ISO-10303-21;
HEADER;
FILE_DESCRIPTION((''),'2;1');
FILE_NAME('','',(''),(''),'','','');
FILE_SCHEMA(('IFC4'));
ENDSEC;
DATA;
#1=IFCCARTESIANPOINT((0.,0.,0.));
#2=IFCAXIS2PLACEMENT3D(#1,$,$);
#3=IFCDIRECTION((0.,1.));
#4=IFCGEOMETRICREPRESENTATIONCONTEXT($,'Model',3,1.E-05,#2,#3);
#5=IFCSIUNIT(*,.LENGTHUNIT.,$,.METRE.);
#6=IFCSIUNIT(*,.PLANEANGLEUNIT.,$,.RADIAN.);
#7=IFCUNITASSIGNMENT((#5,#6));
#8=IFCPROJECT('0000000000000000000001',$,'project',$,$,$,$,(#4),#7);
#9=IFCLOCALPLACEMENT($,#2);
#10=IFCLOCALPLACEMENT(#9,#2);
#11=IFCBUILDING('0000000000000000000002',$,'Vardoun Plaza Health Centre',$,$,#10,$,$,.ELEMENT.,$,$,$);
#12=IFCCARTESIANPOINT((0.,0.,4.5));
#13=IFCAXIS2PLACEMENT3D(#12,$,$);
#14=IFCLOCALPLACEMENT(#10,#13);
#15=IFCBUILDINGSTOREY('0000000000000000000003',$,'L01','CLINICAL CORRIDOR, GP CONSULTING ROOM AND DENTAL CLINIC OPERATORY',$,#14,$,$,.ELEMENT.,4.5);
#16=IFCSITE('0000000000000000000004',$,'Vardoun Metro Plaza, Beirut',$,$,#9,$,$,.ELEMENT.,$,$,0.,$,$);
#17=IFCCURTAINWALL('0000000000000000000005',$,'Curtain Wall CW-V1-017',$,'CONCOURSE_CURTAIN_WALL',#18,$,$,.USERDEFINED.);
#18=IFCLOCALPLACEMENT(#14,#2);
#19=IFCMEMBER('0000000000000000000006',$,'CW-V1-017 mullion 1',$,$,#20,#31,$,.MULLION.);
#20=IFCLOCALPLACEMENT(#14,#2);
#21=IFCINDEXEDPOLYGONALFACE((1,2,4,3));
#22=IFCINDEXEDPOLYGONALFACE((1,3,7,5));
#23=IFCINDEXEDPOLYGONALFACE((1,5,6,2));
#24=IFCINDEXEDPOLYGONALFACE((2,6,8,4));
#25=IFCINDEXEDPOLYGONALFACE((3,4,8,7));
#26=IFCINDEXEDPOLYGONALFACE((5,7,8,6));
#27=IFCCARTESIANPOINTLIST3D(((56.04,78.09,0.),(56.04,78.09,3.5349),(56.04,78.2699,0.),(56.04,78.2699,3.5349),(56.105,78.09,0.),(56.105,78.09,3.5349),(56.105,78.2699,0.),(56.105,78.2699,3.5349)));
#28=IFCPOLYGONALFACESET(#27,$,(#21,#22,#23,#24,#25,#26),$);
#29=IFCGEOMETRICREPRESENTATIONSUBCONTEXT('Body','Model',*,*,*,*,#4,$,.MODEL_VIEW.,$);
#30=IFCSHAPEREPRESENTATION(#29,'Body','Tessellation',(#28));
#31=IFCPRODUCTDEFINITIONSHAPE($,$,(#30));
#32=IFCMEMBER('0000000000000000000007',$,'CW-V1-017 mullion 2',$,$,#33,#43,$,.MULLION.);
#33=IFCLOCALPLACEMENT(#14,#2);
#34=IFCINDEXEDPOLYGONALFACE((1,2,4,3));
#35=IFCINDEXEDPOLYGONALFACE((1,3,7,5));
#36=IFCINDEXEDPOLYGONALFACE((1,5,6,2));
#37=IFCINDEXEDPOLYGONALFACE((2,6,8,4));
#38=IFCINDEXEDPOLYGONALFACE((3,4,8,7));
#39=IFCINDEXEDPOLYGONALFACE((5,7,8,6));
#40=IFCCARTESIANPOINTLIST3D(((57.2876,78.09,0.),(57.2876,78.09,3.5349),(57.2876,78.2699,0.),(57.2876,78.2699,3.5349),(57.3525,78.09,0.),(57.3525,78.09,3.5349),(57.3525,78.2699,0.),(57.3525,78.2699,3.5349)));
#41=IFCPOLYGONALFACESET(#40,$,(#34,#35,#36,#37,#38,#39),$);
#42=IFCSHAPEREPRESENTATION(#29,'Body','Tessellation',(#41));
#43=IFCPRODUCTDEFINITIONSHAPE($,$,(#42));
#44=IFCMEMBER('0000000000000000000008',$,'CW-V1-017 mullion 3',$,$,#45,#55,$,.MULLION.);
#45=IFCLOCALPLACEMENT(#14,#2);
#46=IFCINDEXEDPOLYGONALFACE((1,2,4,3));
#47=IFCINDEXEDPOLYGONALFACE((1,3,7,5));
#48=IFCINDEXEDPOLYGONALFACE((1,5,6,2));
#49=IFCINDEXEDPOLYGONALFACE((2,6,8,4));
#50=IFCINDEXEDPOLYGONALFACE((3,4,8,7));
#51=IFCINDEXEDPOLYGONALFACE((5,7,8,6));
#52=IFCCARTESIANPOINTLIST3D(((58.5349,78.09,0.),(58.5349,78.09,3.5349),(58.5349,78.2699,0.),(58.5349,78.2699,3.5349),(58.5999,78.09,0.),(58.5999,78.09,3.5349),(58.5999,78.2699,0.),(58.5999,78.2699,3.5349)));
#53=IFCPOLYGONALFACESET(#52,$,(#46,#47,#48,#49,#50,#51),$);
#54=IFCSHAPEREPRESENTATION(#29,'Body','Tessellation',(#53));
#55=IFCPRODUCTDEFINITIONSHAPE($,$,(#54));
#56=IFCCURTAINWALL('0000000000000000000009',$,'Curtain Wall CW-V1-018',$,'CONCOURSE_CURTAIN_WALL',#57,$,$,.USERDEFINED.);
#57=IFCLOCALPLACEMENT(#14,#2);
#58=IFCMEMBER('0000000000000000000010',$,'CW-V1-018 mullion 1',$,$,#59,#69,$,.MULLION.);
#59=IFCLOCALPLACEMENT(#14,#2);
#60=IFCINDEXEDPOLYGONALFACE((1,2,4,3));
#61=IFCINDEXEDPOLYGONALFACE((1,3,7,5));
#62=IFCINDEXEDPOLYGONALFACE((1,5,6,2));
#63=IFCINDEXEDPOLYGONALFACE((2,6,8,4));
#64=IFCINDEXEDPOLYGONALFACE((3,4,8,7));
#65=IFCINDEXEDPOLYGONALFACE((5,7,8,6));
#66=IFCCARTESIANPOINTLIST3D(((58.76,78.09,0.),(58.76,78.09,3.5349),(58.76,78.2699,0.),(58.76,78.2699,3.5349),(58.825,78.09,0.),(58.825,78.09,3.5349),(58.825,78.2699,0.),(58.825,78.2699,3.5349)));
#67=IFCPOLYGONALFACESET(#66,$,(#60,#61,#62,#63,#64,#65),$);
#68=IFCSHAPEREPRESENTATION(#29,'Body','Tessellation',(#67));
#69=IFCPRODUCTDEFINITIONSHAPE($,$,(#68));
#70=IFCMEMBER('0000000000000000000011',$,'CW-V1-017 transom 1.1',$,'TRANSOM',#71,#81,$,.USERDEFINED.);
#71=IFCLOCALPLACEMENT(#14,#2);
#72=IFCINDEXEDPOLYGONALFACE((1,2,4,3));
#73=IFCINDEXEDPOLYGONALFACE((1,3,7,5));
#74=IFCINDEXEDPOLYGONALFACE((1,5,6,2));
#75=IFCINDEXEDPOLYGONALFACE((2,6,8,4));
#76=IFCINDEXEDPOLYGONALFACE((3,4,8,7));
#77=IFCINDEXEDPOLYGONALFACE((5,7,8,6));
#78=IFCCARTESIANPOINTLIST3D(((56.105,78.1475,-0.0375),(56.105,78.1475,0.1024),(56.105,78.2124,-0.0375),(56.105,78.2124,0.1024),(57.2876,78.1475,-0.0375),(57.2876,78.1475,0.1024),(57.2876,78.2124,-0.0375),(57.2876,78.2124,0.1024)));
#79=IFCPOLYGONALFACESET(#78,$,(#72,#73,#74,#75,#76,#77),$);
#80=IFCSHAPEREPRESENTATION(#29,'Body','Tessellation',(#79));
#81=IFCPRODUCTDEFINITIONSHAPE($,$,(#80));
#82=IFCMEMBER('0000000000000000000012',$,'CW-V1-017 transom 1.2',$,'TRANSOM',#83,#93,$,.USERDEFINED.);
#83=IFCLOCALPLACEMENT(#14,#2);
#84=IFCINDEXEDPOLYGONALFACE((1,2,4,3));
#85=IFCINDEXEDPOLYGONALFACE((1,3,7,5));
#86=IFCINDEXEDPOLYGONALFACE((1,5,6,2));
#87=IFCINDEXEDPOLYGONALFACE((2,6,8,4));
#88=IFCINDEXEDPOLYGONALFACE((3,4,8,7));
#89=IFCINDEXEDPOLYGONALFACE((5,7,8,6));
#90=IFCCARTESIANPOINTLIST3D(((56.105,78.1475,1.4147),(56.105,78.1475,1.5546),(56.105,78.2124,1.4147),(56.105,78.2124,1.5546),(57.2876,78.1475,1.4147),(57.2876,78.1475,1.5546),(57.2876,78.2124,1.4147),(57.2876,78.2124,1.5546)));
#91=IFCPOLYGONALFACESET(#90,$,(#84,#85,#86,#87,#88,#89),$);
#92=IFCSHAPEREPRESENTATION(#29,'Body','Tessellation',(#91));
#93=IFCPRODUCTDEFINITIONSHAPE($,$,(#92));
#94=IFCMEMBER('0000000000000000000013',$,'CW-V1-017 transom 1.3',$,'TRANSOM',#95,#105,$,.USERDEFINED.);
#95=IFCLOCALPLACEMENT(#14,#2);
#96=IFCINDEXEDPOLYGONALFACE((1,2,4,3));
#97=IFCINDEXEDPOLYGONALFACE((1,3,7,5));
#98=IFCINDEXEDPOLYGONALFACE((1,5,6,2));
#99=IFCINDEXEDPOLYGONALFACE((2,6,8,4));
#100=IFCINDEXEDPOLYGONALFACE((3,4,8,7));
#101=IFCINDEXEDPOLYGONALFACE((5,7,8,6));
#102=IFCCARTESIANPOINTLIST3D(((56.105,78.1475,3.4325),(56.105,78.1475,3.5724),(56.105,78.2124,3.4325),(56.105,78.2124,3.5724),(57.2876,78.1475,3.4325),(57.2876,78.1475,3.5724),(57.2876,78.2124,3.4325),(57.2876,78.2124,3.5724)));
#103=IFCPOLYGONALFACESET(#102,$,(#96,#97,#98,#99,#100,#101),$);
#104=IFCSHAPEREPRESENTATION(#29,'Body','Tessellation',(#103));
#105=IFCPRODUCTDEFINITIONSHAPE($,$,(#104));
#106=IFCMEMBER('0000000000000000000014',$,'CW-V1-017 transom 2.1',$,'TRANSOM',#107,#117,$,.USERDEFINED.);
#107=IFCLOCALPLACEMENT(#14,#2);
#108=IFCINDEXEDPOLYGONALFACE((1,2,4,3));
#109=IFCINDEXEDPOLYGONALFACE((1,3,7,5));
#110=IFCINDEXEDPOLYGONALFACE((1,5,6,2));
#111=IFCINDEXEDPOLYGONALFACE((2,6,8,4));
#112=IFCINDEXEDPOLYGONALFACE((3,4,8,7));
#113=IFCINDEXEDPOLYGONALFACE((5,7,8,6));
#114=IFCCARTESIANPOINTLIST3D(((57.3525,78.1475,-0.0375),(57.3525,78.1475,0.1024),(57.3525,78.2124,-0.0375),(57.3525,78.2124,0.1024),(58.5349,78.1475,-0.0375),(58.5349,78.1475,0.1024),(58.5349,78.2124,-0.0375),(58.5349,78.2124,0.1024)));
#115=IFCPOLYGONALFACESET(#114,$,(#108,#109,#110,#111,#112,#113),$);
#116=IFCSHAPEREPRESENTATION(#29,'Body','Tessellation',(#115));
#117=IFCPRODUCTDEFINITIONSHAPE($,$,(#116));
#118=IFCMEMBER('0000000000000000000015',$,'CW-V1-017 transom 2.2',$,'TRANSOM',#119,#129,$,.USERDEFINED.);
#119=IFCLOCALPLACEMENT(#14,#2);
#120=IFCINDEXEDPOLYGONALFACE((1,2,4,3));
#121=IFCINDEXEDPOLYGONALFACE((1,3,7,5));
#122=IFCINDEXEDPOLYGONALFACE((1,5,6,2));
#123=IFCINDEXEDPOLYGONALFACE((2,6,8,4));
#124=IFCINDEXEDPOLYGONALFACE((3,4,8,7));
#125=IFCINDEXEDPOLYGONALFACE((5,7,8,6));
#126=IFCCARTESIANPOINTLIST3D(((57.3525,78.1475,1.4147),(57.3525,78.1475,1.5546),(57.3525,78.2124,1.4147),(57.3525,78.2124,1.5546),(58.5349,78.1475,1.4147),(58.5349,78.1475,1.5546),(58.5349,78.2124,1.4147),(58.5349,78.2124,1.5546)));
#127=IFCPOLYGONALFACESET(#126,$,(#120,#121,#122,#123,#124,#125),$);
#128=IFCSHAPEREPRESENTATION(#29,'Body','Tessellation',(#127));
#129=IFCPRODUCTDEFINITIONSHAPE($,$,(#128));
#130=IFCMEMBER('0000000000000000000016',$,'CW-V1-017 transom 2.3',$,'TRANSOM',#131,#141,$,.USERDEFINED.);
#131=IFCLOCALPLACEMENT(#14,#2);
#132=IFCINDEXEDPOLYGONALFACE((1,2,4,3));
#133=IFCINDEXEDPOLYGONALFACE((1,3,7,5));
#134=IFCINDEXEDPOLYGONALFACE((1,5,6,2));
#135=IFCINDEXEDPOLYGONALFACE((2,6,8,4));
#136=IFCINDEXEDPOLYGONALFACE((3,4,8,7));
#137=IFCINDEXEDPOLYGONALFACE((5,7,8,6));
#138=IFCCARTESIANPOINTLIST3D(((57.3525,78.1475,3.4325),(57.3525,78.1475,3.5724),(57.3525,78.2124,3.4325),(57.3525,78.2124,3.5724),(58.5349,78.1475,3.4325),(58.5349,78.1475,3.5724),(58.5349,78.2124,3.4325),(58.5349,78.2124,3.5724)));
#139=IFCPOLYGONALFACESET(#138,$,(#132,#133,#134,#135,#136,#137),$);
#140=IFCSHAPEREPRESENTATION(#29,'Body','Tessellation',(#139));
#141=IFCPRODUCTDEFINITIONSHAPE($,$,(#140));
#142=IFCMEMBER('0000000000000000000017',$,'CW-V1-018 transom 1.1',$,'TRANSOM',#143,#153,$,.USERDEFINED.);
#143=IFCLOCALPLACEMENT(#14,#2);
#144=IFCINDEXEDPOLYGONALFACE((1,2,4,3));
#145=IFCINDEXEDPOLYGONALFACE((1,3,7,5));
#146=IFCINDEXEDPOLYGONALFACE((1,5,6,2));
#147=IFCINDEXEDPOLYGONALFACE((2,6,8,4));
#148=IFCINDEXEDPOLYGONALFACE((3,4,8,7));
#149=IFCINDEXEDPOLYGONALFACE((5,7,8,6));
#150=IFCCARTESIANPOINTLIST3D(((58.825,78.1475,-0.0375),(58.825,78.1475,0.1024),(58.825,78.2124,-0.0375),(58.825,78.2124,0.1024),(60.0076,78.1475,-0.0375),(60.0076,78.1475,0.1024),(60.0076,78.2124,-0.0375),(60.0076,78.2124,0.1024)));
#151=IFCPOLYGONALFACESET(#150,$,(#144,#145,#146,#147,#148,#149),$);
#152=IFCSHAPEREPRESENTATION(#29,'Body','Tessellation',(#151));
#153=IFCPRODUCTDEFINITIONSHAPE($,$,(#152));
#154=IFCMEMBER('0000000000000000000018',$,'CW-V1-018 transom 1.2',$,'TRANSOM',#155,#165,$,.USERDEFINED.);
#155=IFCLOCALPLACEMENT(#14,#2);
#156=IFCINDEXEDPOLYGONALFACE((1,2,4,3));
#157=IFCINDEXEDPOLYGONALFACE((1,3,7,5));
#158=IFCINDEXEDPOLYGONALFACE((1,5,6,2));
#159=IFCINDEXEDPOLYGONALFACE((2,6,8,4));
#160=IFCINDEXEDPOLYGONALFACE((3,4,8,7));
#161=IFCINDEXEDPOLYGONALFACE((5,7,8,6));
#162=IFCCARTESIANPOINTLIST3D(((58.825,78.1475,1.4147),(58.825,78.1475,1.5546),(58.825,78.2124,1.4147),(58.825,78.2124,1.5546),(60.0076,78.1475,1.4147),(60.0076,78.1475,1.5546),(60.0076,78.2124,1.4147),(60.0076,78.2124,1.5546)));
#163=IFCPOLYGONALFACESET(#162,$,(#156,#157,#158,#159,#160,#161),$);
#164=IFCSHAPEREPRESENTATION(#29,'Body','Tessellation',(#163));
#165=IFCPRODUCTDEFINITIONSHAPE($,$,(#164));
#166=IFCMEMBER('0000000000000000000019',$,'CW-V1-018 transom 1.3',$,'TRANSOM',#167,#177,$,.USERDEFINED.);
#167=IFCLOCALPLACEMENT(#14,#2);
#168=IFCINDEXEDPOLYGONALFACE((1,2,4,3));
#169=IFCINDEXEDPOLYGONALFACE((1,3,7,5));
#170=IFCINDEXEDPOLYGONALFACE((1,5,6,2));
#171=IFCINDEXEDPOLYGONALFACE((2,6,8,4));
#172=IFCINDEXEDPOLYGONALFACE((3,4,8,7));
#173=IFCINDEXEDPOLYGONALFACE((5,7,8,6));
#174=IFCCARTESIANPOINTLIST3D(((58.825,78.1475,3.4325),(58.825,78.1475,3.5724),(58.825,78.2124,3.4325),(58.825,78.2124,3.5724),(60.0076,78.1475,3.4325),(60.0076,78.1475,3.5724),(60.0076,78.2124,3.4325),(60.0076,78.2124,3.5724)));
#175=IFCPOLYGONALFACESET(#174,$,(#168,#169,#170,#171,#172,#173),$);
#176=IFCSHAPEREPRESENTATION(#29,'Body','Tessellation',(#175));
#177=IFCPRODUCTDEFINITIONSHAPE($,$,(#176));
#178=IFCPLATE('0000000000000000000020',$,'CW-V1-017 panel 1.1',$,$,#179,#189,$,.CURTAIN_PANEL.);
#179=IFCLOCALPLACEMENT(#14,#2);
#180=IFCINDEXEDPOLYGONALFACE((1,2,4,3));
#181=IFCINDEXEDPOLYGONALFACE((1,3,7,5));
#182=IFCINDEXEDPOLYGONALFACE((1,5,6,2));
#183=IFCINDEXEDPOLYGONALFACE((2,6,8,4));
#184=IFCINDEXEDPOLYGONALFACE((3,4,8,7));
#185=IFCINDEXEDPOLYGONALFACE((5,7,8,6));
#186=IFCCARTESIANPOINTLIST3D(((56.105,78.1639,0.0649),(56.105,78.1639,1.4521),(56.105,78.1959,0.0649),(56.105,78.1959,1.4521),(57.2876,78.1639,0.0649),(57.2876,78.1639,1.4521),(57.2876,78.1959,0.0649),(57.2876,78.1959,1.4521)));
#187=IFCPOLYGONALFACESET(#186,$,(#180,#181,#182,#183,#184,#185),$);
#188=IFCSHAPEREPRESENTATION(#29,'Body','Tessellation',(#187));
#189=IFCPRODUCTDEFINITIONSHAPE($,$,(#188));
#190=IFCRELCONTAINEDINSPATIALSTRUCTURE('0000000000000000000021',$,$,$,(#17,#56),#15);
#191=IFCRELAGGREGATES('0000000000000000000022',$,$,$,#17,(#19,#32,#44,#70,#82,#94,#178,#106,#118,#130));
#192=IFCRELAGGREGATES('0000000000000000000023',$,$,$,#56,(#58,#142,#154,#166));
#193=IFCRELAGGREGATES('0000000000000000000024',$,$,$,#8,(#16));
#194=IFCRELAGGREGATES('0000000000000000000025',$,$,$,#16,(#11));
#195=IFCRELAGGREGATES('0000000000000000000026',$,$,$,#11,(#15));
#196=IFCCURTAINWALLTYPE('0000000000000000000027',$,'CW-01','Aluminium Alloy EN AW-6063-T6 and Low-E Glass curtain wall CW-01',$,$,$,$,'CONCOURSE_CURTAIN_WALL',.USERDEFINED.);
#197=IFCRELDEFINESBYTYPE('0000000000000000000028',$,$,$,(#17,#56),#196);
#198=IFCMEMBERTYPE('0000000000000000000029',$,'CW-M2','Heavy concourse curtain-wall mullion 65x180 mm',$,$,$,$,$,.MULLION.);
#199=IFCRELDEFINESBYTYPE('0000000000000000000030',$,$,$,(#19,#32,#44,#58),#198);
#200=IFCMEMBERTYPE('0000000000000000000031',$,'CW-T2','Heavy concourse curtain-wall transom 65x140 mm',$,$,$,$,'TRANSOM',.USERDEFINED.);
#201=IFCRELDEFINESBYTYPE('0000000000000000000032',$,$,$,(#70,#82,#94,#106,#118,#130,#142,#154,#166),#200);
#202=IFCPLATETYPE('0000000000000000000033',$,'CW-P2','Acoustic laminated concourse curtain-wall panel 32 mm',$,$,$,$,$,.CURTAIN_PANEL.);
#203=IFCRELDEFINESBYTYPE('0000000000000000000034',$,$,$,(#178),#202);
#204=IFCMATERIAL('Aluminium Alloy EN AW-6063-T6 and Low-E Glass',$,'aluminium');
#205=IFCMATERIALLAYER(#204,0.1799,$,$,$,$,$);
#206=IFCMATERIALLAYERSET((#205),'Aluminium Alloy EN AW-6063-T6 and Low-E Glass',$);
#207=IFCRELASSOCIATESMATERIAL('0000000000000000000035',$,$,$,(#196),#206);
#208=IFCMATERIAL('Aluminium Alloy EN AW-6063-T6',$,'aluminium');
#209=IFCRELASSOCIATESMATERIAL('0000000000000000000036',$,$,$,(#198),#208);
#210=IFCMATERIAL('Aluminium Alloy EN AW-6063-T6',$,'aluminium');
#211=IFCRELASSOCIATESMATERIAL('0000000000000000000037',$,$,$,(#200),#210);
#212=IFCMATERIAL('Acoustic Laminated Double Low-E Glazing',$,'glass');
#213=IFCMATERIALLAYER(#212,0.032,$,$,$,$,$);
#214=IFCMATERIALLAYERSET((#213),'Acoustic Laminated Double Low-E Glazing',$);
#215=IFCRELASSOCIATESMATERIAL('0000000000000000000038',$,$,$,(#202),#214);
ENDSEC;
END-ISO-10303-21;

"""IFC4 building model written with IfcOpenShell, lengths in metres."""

from ifc_helpers import new_model, si_unit, direction, frame, origin, origin_2d, place, context, subcontext, project, spatial, rectangle, extrude, material, layer, layer_set, material_profile, profile_set, type_object, element, aggregate, save


model = new_model("IFC4")

# Units and contexts
model_context = context("Model", 3, precision=1e-05, world=origin(), true_north=direction((0.0, 1.0)))
body_context = subcontext(model_context, "Body", "Model", "MODEL_VIEW")
ifc_project = project(units=[si_unit("LENGTHUNIT", "METRE"), si_unit("PLANEANGLEUNIT", "RADIAN")], contexts=[model_context])

# Site, building, storey
site_placement = place(None, origin())
site = spatial("IfcSite", under=ifc_project, at=site_placement, Name="Vardoun Metro Plaza, Beirut", CompositionType="ELEMENT", RefElevation=0.0)
building_placement = place(site_placement, origin())
building = spatial("IfcBuilding", under=site, at=building_placement, Name="Vardoun Plaza Health Centre", CompositionType="ELEMENT")
storey_placement = place(building_placement, frame((0.0, 0.0, 4.5)))
storey = spatial("IfcBuildingStorey", under=building, at=storey_placement, Name="L01", Description="CLINICAL CORRIDOR, GP CONSULTING ROOM AND DENTAL CLINIC OPERATORY", CompositionType="ELEMENT", Elevation=4.5)

# Curtain wall, members
ifc_material_1 = material(Name="Aluminium Alloy EN AW-6063-T6 and Low-E Glass", Category="aluminium")
ifc_layer_1 = layer(ifc_material_1, 0.1799)
ifc_layer_set_1 = layer_set([ifc_layer_1], Name="Aluminium Alloy EN AW-6063-T6 and Low-E Glass")
curtain_wall_type = type_object("IfcCurtainWallType", Name="CW-01", Description="Aluminium Alloy EN AW-6063-T6 and Low-E Glass curtain wall CW-01", ElementType="CONCOURSE_CURTAIN_WALL", PredefinedType="USERDEFINED", material=ifc_layer_set_1)
curtain_wall_1_placement = place(storey_placement, origin())
curtain_wall_1 = element("IfcCurtainWall", 1, at=curtain_wall_1_placement, inside=storey, type_object=curtain_wall_type, Name="Curtain Wall CW-V1-017", ObjectType="CONCOURSE_CURTAIN_WALL", PredefinedType="USERDEFINED")
ifc_material_2 = material(Name="Aluminium Alloy EN AW-6063-T6", Category="aluminium")
ifc_material_profile_1 = material_profile(ifc_material_2, rectangle(XDim=0.1799, YDim=0.0649, at=origin_2d()), Name="CWM 65x180")
ifc_profile_set_1 = profile_set([ifc_material_profile_1], Name="Aluminium Alloy EN AW-6063-T6")
member_type_1 = type_object("IfcMemberType", Name="CW-M2", Description="Heavy concourse curtain-wall mullion 65x180 mm", PredefinedType="MULLION", material=ifc_profile_set_1)
member_1_placement = place(storey_placement, frame((56.0725, 78.1799, 0.0), z_axis=(0.0, 0.0, 1.0), x_axis=(0.0, 1.0, 0.0)))
member_1 = element("IfcMember", 2, at=member_1_placement, type_object=member_type_1, Name="CW-V1-017 mullion 1", PredefinedType="MULLION", context=body_context, shape_type="SweptSolid", body=[
    extrude(rectangle(XDim=0.1799, YDim=0.0649, at=origin_2d()), origin(), (0.0, 0.0, 1.0), 3.5349),
])
member_2_placement = place(storey_placement, frame((57.3201, 78.1799, 0.0), z_axis=(0.0, 0.0, 1.0), x_axis=(0.0, 1.0, 0.0)))
member_2 = element("IfcMember", 3, at=member_2_placement, type_object=member_type_1, Name="CW-V1-017 mullion 2", PredefinedType="MULLION", context=body_context, shape_type="SweptSolid", body=[
    extrude(rectangle(XDim=0.1799, YDim=0.0649, at=origin_2d()), origin(), (0.0, 0.0, 1.0), 3.5349),
])
member_3_placement = place(storey_placement, frame((58.5674, 78.1799, 0.0), z_axis=(0.0, 0.0, 1.0), x_axis=(0.0, 1.0, 0.0)))
member_3 = element("IfcMember", 4, at=member_3_placement, type_object=member_type_1, Name="CW-V1-017 mullion 3", PredefinedType="MULLION", context=body_context, shape_type="SweptSolid", body=[
    extrude(rectangle(XDim=0.1799, YDim=0.0649, at=origin_2d()), origin(), (0.0, 0.0, 1.0), 3.5349),
])

# Curtain wall, member
curtain_wall_2_placement = place(storey_placement, origin())
curtain_wall_2 = element("IfcCurtainWall", 5, at=curtain_wall_2_placement, inside=storey, type_object=curtain_wall_type, Name="Curtain Wall CW-V1-018", ObjectType="CONCOURSE_CURTAIN_WALL", PredefinedType="USERDEFINED")
member_4_placement = place(storey_placement, frame((58.7925, 78.1799, 0.0), z_axis=(0.0, 0.0, 1.0), x_axis=(0.0, 1.0, 0.0)))
member_4 = element("IfcMember", 6, at=member_4_placement, type_object=member_type_1, Name="CW-V1-018 mullion 1", PredefinedType="MULLION", context=body_context, shape_type="SweptSolid", body=[
    extrude(rectangle(XDim=0.1799, YDim=0.0649, at=origin_2d()), origin(), (0.0, 0.0, 1.0), 3.5349),
])

# Members
ifc_material_3 = material(Name="Aluminium Alloy EN AW-6063-T6", Category="aluminium")
ifc_material_profile_2 = material_profile(ifc_material_3, rectangle(XDim=0.0649, YDim=0.1399, at=origin_2d()), Name="CWT 65x140")
ifc_profile_set_2 = profile_set([ifc_material_profile_2], Name="Aluminium Alloy EN AW-6063-T6")
member_type_2 = type_object("IfcMemberType", Name="CW-T2", Description="Heavy concourse curtain-wall transom 65x140 mm", ElementType="TRANSOM", PredefinedType="USERDEFINED", material=ifc_profile_set_2)
member_5_placement = place(storey_placement, frame((56.105, 78.1799, 0.0325), z_axis=(1.0, 0.0, 0.0), x_axis=(0.0, 1.0, 0.0)))
member_5 = element("IfcMember", 7, at=member_5_placement, type_object=member_type_2, Name="CW-V1-017 transom 1.1", ObjectType="TRANSOM", PredefinedType="USERDEFINED", context=body_context, shape_type="SweptSolid", body=[
    extrude(rectangle(XDim=0.0649, YDim=0.1399, at=origin_2d()), origin(), (0.0, 0.0, 1.0), 1.1826),
])
member_6_placement = place(storey_placement, frame((56.105, 78.1799, 1.4846), z_axis=(1.0, 0.0, 0.0), x_axis=(0.0, 1.0, 0.0)))
member_6 = element("IfcMember", 8, at=member_6_placement, type_object=member_type_2, Name="CW-V1-017 transom 1.2", ObjectType="TRANSOM", PredefinedType="USERDEFINED", context=body_context, shape_type="SweptSolid", body=[
    extrude(rectangle(XDim=0.0649, YDim=0.1399, at=origin_2d()), origin(), (0.0, 0.0, 1.0), 1.1826),
])
member_7_placement = place(storey_placement, frame((56.105, 78.1799, 3.5024), z_axis=(1.0, 0.0, 0.0), x_axis=(0.0, 1.0, 0.0)))
member_7 = element("IfcMember", 9, at=member_7_placement, type_object=member_type_2, Name="CW-V1-017 transom 1.3", ObjectType="TRANSOM", PredefinedType="USERDEFINED", context=body_context, shape_type="SweptSolid", body=[
    extrude(rectangle(XDim=0.0649, YDim=0.1399, at=origin_2d()), origin(), (0.0, 0.0, 1.0), 1.1826),
])
member_8_placement = place(storey_placement, frame((57.3525, 78.1799, 0.0325), z_axis=(1.0, 0.0, 0.0), x_axis=(0.0, 1.0, 0.0)))
member_8 = element("IfcMember", 10, at=member_8_placement, type_object=member_type_2, Name="CW-V1-017 transom 2.1", ObjectType="TRANSOM", PredefinedType="USERDEFINED", context=body_context, shape_type="SweptSolid", body=[
    extrude(rectangle(XDim=0.0649, YDim=0.1399, at=origin_2d()), origin(), (0.0, 0.0, 1.0), 1.1824),
])
member_9_placement = place(storey_placement, frame((57.3525, 78.1799, 1.4846), z_axis=(1.0, 0.0, 0.0), x_axis=(0.0, 1.0, 0.0)))
member_9 = element("IfcMember", 11, at=member_9_placement, type_object=member_type_2, Name="CW-V1-017 transom 2.2", ObjectType="TRANSOM", PredefinedType="USERDEFINED", context=body_context, shape_type="SweptSolid", body=[
    extrude(rectangle(XDim=0.0649, YDim=0.1399, at=origin_2d()), origin(), (0.0, 0.0, 1.0), 1.1824),
])
member_10_placement = place(storey_placement, frame((57.3525, 78.1799, 3.5024), z_axis=(1.0, 0.0, 0.0), x_axis=(0.0, 1.0, 0.0)))
member_10 = element("IfcMember", 12, at=member_10_placement, type_object=member_type_2, Name="CW-V1-017 transom 2.3", ObjectType="TRANSOM", PredefinedType="USERDEFINED", context=body_context, shape_type="SweptSolid", body=[
    extrude(rectangle(XDim=0.0649, YDim=0.1399, at=origin_2d()), origin(), (0.0, 0.0, 1.0), 1.1824),
])
member_11_placement = place(storey_placement, frame((58.825, 78.1799, 0.0325), z_axis=(1.0, 0.0, 0.0), x_axis=(0.0, 1.0, 0.0)))
member_11 = element("IfcMember", 13, at=member_11_placement, type_object=member_type_2, Name="CW-V1-018 transom 1.1", ObjectType="TRANSOM", PredefinedType="USERDEFINED", context=body_context, shape_type="SweptSolid", body=[
    extrude(rectangle(XDim=0.0649, YDim=0.1399, at=origin_2d()), origin(), (0.0, 0.0, 1.0), 1.1826),
])
member_12_placement = place(storey_placement, frame((58.825, 78.1799, 1.4846), z_axis=(1.0, 0.0, 0.0), x_axis=(0.0, 1.0, 0.0)))
member_12 = element("IfcMember", 14, at=member_12_placement, type_object=member_type_2, Name="CW-V1-018 transom 1.2", ObjectType="TRANSOM", PredefinedType="USERDEFINED", context=body_context, shape_type="SweptSolid", body=[
    extrude(rectangle(XDim=0.0649, YDim=0.1399, at=origin_2d()), origin(), (0.0, 0.0, 1.0), 1.1826),
])
member_13_placement = place(storey_placement, frame((58.825, 78.1799, 3.5024), z_axis=(1.0, 0.0, 0.0), x_axis=(0.0, 1.0, 0.0)))
member_13 = element("IfcMember", 15, at=member_13_placement, type_object=member_type_2, Name="CW-V1-018 transom 1.3", ObjectType="TRANSOM", PredefinedType="USERDEFINED", context=body_context, shape_type="SweptSolid", body=[
    extrude(rectangle(XDim=0.0649, YDim=0.1399, at=origin_2d()), origin(), (0.0, 0.0, 1.0), 1.1826),
])

# Plate
ifc_material_4 = material(Name="Acoustic Laminated Double Low-E Glazing", Category="glass")
ifc_layer_2 = layer(ifc_material_4, 0.032)
ifc_layer_set_2 = layer_set([ifc_layer_2], Name="Acoustic Laminated Double Low-E Glazing")
plate_type = type_object("IfcPlateType", Name="CW-P2", Description="Acoustic laminated concourse curtain-wall panel 32 mm", PredefinedType="CURTAIN_PANEL", material=ifc_layer_set_2)
plate_1_placement = place(storey_placement, frame((56.6963, 78.1799, 0.0649), z_axis=(0.0, 0.0, 1.0), x_axis=(1.0, 0.0, 0.0)))
plate_1 = element("IfcPlate", 16, at=plate_1_placement, type_object=plate_type, Name="CW-V1-017 panel 1.1", PredefinedType="CURTAIN_PANEL", context=body_context, shape_type="SweptSolid", body=[
    extrude(rectangle(XDim=1.1826, YDim=0.032, at=origin_2d()), origin(), (0.0, 0.0, 1.0), 1.3872),
])
aggregate(curtain_wall_1, [member_1, member_2, member_3, member_5, member_6, member_7, plate_1, member_8, member_9, member_10])
aggregate(curtain_wall_2, [member_4, member_11, member_12, member_13])

save(model, "model.ifc")
